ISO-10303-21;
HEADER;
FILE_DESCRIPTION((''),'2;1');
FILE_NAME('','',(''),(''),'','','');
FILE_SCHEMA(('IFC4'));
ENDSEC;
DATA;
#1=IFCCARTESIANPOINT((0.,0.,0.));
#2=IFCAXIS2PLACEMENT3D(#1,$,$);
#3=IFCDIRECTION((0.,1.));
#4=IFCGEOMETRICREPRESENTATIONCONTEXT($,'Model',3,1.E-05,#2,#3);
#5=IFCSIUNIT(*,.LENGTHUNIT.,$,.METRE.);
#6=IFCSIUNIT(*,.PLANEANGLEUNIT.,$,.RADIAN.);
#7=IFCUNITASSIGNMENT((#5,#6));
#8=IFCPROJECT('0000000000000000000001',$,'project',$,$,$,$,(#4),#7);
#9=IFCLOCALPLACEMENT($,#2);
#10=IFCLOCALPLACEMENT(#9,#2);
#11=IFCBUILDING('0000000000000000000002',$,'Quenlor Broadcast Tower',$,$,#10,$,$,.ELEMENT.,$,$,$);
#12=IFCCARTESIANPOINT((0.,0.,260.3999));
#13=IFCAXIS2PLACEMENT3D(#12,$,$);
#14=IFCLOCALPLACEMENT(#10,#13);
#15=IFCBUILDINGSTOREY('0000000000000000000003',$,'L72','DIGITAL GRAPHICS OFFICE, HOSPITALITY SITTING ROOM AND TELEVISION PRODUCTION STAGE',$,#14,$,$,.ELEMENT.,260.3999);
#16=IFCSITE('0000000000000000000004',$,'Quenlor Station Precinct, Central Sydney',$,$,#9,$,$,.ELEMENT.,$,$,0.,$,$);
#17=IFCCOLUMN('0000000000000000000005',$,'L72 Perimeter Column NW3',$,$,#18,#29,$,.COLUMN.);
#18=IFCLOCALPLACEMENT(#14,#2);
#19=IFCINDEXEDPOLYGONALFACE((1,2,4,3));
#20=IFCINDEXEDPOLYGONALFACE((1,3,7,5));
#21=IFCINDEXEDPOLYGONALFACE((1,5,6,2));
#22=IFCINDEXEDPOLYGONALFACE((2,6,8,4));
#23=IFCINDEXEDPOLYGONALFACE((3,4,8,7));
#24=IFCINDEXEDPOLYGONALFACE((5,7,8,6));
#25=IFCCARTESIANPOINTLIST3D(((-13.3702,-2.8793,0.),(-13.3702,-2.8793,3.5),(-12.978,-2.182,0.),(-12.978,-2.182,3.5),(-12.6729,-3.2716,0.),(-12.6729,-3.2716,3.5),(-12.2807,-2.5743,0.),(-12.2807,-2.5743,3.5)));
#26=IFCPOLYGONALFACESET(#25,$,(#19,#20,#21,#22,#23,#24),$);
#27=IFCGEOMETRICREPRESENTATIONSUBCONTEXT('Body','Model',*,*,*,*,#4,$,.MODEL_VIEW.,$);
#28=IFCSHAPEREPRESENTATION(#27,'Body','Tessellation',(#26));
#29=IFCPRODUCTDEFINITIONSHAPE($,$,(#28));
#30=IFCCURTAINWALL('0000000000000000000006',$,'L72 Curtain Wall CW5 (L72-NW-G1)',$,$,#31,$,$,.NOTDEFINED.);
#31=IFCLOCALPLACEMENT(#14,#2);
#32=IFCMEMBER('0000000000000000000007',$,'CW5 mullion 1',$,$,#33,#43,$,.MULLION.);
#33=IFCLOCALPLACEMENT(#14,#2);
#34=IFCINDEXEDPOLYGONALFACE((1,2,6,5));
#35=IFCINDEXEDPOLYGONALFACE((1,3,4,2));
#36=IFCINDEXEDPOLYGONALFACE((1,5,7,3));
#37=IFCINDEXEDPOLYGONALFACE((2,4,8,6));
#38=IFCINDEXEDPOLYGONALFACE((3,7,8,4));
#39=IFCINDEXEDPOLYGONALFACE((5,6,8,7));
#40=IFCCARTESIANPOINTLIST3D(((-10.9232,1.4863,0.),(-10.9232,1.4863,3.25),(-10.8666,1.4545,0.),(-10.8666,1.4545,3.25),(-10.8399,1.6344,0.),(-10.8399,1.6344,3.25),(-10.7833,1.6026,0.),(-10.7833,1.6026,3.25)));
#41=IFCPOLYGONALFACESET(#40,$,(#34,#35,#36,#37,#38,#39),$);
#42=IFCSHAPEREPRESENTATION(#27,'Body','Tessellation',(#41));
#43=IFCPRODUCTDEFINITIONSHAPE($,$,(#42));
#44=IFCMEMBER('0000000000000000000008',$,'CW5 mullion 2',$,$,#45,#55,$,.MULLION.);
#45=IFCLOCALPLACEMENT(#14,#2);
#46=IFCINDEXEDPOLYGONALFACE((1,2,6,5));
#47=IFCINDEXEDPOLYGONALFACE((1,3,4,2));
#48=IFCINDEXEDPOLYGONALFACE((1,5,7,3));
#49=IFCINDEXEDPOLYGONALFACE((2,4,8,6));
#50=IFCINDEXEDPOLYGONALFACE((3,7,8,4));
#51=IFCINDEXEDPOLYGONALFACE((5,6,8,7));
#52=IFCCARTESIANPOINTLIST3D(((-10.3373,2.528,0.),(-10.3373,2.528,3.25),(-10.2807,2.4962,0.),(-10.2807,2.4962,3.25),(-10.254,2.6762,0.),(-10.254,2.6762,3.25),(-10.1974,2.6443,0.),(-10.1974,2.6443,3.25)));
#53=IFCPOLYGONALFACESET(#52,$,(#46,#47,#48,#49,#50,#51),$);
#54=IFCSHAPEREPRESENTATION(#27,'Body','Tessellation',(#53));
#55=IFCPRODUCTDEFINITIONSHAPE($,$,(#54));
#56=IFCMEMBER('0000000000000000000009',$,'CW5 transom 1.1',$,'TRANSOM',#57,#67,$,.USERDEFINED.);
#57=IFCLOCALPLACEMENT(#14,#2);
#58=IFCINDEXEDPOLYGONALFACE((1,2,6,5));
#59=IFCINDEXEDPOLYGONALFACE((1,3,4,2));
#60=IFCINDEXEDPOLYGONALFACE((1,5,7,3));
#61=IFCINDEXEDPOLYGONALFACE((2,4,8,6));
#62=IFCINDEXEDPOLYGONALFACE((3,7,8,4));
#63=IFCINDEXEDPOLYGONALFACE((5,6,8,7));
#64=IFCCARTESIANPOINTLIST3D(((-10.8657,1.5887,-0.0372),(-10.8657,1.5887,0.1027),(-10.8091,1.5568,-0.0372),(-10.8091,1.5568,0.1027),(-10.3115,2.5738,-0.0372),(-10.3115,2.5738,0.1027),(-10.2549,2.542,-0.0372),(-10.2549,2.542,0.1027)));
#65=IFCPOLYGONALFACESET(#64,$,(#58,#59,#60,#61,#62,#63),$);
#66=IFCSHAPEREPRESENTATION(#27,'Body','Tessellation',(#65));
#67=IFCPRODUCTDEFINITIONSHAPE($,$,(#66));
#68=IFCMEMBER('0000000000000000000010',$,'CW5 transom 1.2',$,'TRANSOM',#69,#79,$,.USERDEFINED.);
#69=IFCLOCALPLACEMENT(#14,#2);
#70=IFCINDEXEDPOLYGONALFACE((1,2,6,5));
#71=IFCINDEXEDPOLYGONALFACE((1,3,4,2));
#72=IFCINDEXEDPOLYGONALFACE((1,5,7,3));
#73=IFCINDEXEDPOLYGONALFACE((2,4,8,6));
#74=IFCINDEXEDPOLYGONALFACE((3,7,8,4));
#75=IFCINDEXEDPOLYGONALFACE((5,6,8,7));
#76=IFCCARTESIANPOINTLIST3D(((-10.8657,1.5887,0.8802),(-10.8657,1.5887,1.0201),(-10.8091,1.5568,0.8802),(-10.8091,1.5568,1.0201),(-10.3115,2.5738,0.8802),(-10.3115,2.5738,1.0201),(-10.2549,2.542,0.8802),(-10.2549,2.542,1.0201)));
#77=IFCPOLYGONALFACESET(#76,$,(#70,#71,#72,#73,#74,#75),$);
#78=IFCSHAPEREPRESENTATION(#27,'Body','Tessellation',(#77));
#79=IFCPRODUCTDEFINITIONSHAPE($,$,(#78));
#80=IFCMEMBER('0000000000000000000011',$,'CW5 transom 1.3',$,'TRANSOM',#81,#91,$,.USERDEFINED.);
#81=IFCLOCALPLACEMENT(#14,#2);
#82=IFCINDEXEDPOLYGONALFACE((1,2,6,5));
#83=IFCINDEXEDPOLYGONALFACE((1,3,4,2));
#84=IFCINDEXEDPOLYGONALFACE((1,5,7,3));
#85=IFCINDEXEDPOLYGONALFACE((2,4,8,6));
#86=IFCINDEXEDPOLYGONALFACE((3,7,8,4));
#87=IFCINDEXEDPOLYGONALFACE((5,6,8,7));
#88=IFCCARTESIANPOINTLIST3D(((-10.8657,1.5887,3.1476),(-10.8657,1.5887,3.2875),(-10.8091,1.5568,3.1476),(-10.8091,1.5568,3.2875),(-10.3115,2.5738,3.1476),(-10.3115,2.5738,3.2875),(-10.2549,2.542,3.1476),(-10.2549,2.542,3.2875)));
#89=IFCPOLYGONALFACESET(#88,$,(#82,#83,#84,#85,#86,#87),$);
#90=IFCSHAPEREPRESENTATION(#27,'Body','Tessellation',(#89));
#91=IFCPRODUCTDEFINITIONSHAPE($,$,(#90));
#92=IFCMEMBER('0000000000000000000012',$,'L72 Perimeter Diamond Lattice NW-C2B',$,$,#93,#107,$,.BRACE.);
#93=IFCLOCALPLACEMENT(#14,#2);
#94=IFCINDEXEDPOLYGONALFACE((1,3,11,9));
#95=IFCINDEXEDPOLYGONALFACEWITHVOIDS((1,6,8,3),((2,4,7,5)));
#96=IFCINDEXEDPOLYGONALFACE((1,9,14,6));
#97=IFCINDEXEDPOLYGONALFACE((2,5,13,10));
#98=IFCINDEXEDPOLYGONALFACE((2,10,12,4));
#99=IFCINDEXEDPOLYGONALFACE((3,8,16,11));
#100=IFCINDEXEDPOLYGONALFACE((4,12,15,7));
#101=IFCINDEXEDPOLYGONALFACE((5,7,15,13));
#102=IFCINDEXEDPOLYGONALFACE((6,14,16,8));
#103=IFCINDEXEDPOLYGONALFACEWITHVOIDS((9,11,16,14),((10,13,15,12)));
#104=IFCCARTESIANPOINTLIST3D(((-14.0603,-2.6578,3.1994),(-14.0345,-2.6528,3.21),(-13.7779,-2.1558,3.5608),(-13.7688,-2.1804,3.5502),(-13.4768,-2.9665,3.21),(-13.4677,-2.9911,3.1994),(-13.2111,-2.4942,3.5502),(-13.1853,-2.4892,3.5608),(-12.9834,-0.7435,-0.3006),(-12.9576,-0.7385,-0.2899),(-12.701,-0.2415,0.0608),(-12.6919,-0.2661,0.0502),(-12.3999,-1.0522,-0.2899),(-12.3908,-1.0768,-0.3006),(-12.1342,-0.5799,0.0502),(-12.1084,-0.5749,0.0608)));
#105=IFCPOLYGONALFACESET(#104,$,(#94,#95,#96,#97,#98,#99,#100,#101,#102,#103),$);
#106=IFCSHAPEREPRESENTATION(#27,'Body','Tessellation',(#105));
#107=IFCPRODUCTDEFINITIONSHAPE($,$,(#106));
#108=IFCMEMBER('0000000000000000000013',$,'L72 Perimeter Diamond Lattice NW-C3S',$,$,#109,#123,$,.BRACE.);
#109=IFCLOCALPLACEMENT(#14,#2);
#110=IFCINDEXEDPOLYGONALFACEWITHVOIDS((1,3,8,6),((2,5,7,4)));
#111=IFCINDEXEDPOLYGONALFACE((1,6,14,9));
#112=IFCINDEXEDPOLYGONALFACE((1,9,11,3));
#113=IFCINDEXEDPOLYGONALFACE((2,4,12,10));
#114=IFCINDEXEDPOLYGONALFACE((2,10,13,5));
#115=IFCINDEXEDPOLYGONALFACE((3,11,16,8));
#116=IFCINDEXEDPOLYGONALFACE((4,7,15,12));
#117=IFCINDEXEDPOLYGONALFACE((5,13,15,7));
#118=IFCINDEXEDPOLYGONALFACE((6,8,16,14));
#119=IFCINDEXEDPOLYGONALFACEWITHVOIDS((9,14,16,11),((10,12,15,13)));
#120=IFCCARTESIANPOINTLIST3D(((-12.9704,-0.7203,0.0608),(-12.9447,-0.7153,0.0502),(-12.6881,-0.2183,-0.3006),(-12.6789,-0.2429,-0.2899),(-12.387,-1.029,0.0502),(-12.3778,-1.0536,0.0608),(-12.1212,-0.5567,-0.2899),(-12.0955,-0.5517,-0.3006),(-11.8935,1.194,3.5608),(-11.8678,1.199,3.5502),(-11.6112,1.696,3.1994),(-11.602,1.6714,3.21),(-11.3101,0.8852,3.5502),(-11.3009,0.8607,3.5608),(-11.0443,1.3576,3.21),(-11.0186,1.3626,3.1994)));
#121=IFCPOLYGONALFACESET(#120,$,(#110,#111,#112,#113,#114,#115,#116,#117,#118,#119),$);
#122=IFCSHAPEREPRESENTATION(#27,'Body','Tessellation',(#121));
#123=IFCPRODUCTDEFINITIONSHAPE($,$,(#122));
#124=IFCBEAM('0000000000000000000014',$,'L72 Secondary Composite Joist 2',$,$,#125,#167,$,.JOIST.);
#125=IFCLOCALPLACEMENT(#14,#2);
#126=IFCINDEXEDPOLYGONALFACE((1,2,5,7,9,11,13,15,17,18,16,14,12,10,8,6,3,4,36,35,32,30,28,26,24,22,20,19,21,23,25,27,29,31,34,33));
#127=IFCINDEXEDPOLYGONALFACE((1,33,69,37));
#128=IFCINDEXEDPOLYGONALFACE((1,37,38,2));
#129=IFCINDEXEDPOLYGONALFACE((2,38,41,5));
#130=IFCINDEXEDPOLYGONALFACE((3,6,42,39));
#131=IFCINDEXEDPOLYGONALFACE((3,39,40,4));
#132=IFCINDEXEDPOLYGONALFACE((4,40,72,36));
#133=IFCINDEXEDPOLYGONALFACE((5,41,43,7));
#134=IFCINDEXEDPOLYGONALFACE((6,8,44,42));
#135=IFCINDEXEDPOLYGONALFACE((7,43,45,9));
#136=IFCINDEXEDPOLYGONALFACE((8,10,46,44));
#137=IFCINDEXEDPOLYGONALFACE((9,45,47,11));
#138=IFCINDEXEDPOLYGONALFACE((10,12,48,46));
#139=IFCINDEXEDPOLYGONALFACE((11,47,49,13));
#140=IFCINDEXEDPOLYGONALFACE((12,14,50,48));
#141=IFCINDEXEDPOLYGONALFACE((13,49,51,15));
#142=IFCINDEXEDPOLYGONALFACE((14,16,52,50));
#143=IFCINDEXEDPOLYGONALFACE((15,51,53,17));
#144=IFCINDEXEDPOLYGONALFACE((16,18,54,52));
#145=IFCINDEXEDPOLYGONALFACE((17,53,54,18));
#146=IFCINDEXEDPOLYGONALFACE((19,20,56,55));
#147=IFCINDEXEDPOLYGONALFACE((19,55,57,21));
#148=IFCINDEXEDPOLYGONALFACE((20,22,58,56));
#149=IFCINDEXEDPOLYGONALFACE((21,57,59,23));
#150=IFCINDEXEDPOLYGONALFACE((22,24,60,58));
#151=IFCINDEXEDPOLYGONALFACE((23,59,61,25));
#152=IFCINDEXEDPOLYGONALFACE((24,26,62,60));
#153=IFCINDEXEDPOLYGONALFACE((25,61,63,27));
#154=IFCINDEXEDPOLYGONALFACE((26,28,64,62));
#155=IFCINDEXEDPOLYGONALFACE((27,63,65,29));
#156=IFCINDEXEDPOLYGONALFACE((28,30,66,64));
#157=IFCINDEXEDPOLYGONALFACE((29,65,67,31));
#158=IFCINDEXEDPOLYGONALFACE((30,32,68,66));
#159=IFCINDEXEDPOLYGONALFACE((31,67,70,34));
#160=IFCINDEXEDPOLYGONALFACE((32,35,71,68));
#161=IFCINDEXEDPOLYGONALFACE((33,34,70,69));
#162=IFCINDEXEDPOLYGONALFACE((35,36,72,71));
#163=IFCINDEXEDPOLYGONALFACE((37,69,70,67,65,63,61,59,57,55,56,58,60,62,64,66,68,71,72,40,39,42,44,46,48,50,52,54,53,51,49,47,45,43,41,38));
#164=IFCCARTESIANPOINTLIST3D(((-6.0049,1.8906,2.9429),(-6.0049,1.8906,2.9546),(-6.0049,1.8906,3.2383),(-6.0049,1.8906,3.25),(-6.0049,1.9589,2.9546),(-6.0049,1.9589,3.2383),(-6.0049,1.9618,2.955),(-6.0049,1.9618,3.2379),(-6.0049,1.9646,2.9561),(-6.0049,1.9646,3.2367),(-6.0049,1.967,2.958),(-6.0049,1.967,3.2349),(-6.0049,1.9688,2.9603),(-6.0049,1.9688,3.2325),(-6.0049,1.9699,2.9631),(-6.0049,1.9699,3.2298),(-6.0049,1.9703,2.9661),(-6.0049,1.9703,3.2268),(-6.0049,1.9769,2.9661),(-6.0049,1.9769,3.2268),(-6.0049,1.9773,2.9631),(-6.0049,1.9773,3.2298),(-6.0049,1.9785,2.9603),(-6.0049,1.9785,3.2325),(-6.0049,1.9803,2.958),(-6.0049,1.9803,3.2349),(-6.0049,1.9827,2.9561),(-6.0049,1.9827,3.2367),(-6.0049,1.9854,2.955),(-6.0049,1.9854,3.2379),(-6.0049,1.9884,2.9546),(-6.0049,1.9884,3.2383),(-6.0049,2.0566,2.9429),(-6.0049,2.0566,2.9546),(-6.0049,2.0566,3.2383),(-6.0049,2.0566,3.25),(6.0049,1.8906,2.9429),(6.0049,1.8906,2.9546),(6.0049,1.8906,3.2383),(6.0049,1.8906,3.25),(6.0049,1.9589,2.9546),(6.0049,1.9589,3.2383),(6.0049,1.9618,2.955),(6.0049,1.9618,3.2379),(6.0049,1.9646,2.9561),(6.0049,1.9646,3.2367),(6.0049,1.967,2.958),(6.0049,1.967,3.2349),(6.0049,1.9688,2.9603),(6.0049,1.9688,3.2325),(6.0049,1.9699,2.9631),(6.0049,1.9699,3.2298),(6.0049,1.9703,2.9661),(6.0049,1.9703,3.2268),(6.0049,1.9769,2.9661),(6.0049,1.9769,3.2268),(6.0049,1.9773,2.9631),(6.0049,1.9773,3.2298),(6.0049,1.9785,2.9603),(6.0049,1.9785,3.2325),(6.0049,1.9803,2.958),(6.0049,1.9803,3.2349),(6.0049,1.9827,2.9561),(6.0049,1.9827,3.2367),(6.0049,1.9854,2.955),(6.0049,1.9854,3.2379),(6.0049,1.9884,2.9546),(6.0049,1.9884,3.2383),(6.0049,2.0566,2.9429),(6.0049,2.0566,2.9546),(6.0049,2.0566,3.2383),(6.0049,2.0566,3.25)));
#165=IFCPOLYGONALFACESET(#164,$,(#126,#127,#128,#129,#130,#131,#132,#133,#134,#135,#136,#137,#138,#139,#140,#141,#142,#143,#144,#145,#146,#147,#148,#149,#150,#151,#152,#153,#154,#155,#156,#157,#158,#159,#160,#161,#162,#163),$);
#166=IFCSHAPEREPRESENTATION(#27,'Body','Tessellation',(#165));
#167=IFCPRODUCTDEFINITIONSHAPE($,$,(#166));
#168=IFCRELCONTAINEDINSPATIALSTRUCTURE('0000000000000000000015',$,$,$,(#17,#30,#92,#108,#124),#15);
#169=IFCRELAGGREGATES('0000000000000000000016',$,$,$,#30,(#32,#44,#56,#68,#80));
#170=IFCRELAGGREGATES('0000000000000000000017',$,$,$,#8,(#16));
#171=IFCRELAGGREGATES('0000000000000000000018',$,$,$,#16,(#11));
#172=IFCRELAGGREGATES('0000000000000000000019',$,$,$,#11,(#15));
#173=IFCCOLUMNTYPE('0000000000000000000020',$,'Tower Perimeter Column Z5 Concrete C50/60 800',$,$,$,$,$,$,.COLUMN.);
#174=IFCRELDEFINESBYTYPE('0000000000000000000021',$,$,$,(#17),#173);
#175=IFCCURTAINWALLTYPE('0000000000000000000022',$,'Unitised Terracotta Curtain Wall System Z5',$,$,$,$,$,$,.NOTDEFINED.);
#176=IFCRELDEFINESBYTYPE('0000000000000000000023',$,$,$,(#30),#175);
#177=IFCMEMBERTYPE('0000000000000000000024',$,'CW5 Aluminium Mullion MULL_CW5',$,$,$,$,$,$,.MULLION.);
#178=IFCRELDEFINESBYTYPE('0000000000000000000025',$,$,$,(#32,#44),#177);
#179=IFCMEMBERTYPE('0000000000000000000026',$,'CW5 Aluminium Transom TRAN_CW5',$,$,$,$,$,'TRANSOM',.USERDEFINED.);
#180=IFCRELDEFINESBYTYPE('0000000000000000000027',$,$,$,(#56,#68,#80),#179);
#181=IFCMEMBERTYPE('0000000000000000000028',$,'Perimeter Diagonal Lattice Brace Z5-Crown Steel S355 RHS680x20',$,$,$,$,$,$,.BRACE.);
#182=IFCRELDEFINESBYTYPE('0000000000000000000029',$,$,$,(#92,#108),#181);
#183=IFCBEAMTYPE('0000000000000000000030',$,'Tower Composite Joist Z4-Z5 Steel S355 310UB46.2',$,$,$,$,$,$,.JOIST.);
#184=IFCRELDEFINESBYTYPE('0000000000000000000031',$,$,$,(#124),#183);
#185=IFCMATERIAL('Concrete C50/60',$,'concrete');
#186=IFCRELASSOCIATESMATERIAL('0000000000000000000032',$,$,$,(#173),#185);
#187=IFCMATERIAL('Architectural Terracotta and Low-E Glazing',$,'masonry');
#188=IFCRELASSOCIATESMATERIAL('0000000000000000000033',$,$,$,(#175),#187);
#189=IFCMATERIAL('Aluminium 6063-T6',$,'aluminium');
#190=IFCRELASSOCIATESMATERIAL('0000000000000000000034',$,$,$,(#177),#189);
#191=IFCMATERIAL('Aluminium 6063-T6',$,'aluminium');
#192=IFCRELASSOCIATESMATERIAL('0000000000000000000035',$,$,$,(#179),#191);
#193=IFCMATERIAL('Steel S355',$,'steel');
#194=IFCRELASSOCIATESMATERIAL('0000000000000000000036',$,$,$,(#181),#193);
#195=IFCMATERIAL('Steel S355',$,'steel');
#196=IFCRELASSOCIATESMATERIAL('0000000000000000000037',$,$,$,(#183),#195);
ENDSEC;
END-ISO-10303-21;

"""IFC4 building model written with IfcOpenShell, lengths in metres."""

from ifc_helpers import new_model, si_unit, direction, frame, origin, origin_2d, place, context, subcontext, project, spatial, rectangle, hollow_rectangle, i_section, extrude, material, material_profile, profile_set, type_object, element, aggregate, save


model = new_model("IFC4")

# Units and contexts
model_context = context("Model", 3, precision=1e-05, world=origin(), true_north=direction((0.0, 1.0)))
body_context = subcontext(model_context, "Body", "Model", "MODEL_VIEW")
ifc_project = project(units=[si_unit("LENGTHUNIT", "METRE"), si_unit("PLANEANGLEUNIT", "RADIAN")], contexts=[model_context])

# Site, building, storey
site_placement = place(None, origin())
site = spatial("IfcSite", under=ifc_project, at=site_placement, Name="Quenlor Station Precinct, Central Sydney", CompositionType="ELEMENT", RefElevation=0.0)
building_placement = place(site_placement, origin())
building = spatial("IfcBuilding", under=site, at=building_placement, Name="Quenlor Broadcast Tower", CompositionType="ELEMENT")
storey_placement = place(building_placement, frame((0.0, 0.0, 260.3999)))
storey = spatial("IfcBuildingStorey", under=building, at=storey_placement, Name="L72", Description="DIGITAL GRAPHICS OFFICE, HOSPITALITY SITTING ROOM AND TELEVISION PRODUCTION STAGE", CompositionType="ELEMENT", Elevation=260.3999)

# Column
ifc_material_1 = material(Name="Concrete C50/60", Category="concrete")
ifc_material_profile_1 = material_profile(ifc_material_1, rectangle(XDim=0.8, YDim=0.8, at=origin_2d()))
ifc_profile_set_1 = profile_set([ifc_material_profile_1], Name="Concrete C50/60 RC800x800")
column_type = type_object("IfcColumnType", Name="Tower Perimeter Column Z5 Concrete C50/60 800", PredefinedType="COLUMN", material=ifc_profile_set_1)
column_placement = place(storey_placement, frame((-12.8254, -2.7268, 0.0), z_axis=(0.0, 0.0, 1.0), x_axis=(-0.871575, 0.490262, 0.0)))
element("IfcColumn", 1, at=column_placement, inside=storey, type_object=column_type, Name="L72 Perimeter Column NW3", PredefinedType="COLUMN", context=body_context, shape_type="SweptSolid", body=[
    extrude(rectangle(XDim=0.8, YDim=0.8, at=origin_2d()), origin(), (0.0, 0.0, 1.0), 3.5),
])

# Curtain wall, members
ifc_material_2 = material(Name="Architectural Terracotta and Low-E Glazing", Category="masonry")
curtain_wall_type = type_object("IfcCurtainWallType", Name="Unitised Terracotta Curtain Wall System Z5", PredefinedType="NOTDEFINED", material=ifc_material_2)
curtain_wall_placement = place(storey_placement, origin())
curtain_wall = element("IfcCurtainWall", 2, at=curtain_wall_placement, inside=storey, type_object=curtain_wall_type, Name="L72 Curtain Wall CW5 (L72-NW-G1)", PredefinedType="NOTDEFINED")
ifc_material_3 = material(Name="Aluminium 6063-T6", Category="aluminium")
ifc_material_profile_2 = material_profile(ifc_material_3, rectangle(XDim=0.0649, YDim=0.1699, at=origin_2d()))
ifc_profile_set_2 = profile_set([ifc_material_profile_2], Name="Aluminium 6063-T6 MULL65x170")
member_type_1 = type_object("IfcMemberType", Name="CW5 Aluminium Mullion MULL_CW5", PredefinedType="MULLION", material=ifc_profile_set_2)
member_1_placement = place(storey_placement, frame((-10.8533, 1.5444, 0.0), z_axis=(0.0, 0.0, 1.0), x_axis=(-0.871592, 0.490231, 0.0)))
member_1 = element("IfcMember", 3, at=member_1_placement, type_object=member_type_1, Name="CW5 mullion 1", PredefinedType="MULLION", context=body_context, shape_type="SweptSolid", body=[
    extrude(rectangle(XDim=0.0649, YDim=0.1699, at=origin_2d()), origin(), (0.0, 0.0, 1.0), 3.25),
])
member_2_placement = place(storey_placement, frame((-10.2673, 2.5862, 0.0), z_axis=(0.0, 0.0, 1.0), x_axis=(-0.871592, 0.490231, 0.0)))
member_2 = element("IfcMember", 4, at=member_2_placement, type_object=member_type_1, Name="CW5 mullion 2", PredefinedType="MULLION", context=body_context, shape_type="SweptSolid", body=[
    extrude(rectangle(XDim=0.0649, YDim=0.1699, at=origin_2d()), origin(), (0.0, 0.0, 1.0), 3.25),
])
ifc_material_4 = material(Name="Aluminium 6063-T6", Category="aluminium")
ifc_material_profile_3 = material_profile(ifc_material_4, rectangle(XDim=0.0649, YDim=0.1399, at=origin_2d()))
ifc_profile_set_3 = profile_set([ifc_material_profile_3], Name="Aluminium 6063-T6 TRAN65x140")
member_type_2 = type_object("IfcMemberType", Name="CW5 Aluminium Transom TRAN_CW5", ElementType="TRANSOM", PredefinedType="USERDEFINED", material=ifc_profile_set_3)
member_3_placement = place(storey_placement, frame((-10.8374, 1.5728, 0.0327), z_axis=(0.490313, 0.871547, 0.0), x_axis=(-0.871547, 0.490313, 0.0)))
member_3 = element("IfcMember", 5, at=member_3_placement, type_object=member_type_2, Name="CW5 transom 1.1", ObjectType="TRANSOM", PredefinedType="USERDEFINED", context=body_context, shape_type="SweptSolid", body=[
    extrude(rectangle(XDim=0.0649, YDim=0.1399, at=origin_2d()), origin(), (0.0, 0.0, 1.0), 1.1304),
])
member_4_placement = place(storey_placement, frame((-10.8374, 1.5728, 0.9502), z_axis=(0.490313, 0.871547, 0.0), x_axis=(-0.871547, 0.490313, 0.0)))
member_4 = element("IfcMember", 6, at=member_4_placement, type_object=member_type_2, Name="CW5 transom 1.2", ObjectType="TRANSOM", PredefinedType="USERDEFINED", context=body_context, shape_type="SweptSolid", body=[
    extrude(rectangle(XDim=0.0649, YDim=0.1399, at=origin_2d()), origin(), (0.0, 0.0, 1.0), 1.1304),
])
member_5_placement = place(storey_placement, frame((-10.8374, 1.5728, 3.2175), z_axis=(0.490313, 0.871547, 0.0), x_axis=(-0.871547, 0.490313, 0.0)))
member_5 = element("IfcMember", 7, at=member_5_placement, type_object=member_type_2, Name="CW5 transom 1.3", ObjectType="TRANSOM", PredefinedType="USERDEFINED", context=body_context, shape_type="SweptSolid", body=[
    extrude(rectangle(XDim=0.0649, YDim=0.1399, at=origin_2d()), origin(), (0.0, 0.0, 1.0), 1.1304),
])

# Members
ifc_material_5 = material(Name="Steel S355", Category="steel")
ifc_material_profile_4 = material_profile(ifc_material_5, hollow_rectangle(XDim=0.6799, YDim=0.6799, WallThickness=0.02, at=origin_2d()))
ifc_profile_set_4 = profile_set([ifc_material_profile_4], Name="Steel S355 RHS680x680x20")
member_type_3 = type_object("IfcMemberType", Name="Perimeter Diagonal Lattice Brace Z5-Crown Steel S355 RHS680x20", PredefinedType="BRACE", material=ifc_profile_set_4)
for number, where, z_axis, x_axis, name in (
    (8, (-12.5459, -0.6592, -0.1199), (-0.260619, -0.463276, 0.847026), (0.871555, -0.490298, 0.0), "L72 Perimeter Diamond Lattice NW-C2B"),
    (9, (-12.533, -0.636, -0.1199), (0.260619, 0.463276, 0.847026), (-0.871555, 0.490298, 0.0), "L72 Perimeter Diamond Lattice NW-C3S"),
):
    element("IfcMember", number, at=place(storey_placement, frame(where, z_axis=z_axis, x_axis=x_axis)), inside=storey, type_object=member_type_3, Name=name, PredefinedType="BRACE", context=body_context, shape_type="SweptSolid", body=[
        extrude(hollow_rectangle(XDim=0.6799, YDim=0.6799, WallThickness=0.02, at=origin_2d()), origin(), (0.0, 0.0, 1.0), 4.1321),
    ])

# Beam
ifc_material_6 = material(Name="Steel S355", Category="steel")
ifc_material_profile_5 = material_profile(ifc_material_6, i_section(OverallWidth=0.166, OverallDepth=0.3071, WebThickness=0.0066, FlangeThickness=0.0117, FilletRadius=0.0115, at=origin_2d()))
ifc_profile_set_5 = profile_set([ifc_material_profile_5], Name="Steel S355 310UB46.2")
beam_type = type_object("IfcBeamType", Name="Tower Composite Joist Z4-Z5 Steel S355 310UB46.2", PredefinedType="JOIST", material=ifc_profile_set_5)
beam_1_placement = place(storey_placement, frame((-6.0049, 1.9736, 3.0964), z_axis=(1.0, 0.0, 0.0), x_axis=(0.0, 1.0, 0.0)))
element("IfcBeam", 10, at=beam_1_placement, inside=storey, type_object=beam_type, Name="L72 Secondary Composite Joist 2", PredefinedType="JOIST", context=body_context, shape_type="SweptSolid", body=[
    extrude(i_section(OverallWidth=0.166, OverallDepth=0.3071, WebThickness=0.0066, FlangeThickness=0.0117, FilletRadius=0.0115, at=origin_2d()), origin(), (0.0, 0.0, 1.0), 12.0098),
])

aggregate(curtain_wall, [member_1, member_2, member_3, member_4, member_5])

save(model, "model.ifc")
